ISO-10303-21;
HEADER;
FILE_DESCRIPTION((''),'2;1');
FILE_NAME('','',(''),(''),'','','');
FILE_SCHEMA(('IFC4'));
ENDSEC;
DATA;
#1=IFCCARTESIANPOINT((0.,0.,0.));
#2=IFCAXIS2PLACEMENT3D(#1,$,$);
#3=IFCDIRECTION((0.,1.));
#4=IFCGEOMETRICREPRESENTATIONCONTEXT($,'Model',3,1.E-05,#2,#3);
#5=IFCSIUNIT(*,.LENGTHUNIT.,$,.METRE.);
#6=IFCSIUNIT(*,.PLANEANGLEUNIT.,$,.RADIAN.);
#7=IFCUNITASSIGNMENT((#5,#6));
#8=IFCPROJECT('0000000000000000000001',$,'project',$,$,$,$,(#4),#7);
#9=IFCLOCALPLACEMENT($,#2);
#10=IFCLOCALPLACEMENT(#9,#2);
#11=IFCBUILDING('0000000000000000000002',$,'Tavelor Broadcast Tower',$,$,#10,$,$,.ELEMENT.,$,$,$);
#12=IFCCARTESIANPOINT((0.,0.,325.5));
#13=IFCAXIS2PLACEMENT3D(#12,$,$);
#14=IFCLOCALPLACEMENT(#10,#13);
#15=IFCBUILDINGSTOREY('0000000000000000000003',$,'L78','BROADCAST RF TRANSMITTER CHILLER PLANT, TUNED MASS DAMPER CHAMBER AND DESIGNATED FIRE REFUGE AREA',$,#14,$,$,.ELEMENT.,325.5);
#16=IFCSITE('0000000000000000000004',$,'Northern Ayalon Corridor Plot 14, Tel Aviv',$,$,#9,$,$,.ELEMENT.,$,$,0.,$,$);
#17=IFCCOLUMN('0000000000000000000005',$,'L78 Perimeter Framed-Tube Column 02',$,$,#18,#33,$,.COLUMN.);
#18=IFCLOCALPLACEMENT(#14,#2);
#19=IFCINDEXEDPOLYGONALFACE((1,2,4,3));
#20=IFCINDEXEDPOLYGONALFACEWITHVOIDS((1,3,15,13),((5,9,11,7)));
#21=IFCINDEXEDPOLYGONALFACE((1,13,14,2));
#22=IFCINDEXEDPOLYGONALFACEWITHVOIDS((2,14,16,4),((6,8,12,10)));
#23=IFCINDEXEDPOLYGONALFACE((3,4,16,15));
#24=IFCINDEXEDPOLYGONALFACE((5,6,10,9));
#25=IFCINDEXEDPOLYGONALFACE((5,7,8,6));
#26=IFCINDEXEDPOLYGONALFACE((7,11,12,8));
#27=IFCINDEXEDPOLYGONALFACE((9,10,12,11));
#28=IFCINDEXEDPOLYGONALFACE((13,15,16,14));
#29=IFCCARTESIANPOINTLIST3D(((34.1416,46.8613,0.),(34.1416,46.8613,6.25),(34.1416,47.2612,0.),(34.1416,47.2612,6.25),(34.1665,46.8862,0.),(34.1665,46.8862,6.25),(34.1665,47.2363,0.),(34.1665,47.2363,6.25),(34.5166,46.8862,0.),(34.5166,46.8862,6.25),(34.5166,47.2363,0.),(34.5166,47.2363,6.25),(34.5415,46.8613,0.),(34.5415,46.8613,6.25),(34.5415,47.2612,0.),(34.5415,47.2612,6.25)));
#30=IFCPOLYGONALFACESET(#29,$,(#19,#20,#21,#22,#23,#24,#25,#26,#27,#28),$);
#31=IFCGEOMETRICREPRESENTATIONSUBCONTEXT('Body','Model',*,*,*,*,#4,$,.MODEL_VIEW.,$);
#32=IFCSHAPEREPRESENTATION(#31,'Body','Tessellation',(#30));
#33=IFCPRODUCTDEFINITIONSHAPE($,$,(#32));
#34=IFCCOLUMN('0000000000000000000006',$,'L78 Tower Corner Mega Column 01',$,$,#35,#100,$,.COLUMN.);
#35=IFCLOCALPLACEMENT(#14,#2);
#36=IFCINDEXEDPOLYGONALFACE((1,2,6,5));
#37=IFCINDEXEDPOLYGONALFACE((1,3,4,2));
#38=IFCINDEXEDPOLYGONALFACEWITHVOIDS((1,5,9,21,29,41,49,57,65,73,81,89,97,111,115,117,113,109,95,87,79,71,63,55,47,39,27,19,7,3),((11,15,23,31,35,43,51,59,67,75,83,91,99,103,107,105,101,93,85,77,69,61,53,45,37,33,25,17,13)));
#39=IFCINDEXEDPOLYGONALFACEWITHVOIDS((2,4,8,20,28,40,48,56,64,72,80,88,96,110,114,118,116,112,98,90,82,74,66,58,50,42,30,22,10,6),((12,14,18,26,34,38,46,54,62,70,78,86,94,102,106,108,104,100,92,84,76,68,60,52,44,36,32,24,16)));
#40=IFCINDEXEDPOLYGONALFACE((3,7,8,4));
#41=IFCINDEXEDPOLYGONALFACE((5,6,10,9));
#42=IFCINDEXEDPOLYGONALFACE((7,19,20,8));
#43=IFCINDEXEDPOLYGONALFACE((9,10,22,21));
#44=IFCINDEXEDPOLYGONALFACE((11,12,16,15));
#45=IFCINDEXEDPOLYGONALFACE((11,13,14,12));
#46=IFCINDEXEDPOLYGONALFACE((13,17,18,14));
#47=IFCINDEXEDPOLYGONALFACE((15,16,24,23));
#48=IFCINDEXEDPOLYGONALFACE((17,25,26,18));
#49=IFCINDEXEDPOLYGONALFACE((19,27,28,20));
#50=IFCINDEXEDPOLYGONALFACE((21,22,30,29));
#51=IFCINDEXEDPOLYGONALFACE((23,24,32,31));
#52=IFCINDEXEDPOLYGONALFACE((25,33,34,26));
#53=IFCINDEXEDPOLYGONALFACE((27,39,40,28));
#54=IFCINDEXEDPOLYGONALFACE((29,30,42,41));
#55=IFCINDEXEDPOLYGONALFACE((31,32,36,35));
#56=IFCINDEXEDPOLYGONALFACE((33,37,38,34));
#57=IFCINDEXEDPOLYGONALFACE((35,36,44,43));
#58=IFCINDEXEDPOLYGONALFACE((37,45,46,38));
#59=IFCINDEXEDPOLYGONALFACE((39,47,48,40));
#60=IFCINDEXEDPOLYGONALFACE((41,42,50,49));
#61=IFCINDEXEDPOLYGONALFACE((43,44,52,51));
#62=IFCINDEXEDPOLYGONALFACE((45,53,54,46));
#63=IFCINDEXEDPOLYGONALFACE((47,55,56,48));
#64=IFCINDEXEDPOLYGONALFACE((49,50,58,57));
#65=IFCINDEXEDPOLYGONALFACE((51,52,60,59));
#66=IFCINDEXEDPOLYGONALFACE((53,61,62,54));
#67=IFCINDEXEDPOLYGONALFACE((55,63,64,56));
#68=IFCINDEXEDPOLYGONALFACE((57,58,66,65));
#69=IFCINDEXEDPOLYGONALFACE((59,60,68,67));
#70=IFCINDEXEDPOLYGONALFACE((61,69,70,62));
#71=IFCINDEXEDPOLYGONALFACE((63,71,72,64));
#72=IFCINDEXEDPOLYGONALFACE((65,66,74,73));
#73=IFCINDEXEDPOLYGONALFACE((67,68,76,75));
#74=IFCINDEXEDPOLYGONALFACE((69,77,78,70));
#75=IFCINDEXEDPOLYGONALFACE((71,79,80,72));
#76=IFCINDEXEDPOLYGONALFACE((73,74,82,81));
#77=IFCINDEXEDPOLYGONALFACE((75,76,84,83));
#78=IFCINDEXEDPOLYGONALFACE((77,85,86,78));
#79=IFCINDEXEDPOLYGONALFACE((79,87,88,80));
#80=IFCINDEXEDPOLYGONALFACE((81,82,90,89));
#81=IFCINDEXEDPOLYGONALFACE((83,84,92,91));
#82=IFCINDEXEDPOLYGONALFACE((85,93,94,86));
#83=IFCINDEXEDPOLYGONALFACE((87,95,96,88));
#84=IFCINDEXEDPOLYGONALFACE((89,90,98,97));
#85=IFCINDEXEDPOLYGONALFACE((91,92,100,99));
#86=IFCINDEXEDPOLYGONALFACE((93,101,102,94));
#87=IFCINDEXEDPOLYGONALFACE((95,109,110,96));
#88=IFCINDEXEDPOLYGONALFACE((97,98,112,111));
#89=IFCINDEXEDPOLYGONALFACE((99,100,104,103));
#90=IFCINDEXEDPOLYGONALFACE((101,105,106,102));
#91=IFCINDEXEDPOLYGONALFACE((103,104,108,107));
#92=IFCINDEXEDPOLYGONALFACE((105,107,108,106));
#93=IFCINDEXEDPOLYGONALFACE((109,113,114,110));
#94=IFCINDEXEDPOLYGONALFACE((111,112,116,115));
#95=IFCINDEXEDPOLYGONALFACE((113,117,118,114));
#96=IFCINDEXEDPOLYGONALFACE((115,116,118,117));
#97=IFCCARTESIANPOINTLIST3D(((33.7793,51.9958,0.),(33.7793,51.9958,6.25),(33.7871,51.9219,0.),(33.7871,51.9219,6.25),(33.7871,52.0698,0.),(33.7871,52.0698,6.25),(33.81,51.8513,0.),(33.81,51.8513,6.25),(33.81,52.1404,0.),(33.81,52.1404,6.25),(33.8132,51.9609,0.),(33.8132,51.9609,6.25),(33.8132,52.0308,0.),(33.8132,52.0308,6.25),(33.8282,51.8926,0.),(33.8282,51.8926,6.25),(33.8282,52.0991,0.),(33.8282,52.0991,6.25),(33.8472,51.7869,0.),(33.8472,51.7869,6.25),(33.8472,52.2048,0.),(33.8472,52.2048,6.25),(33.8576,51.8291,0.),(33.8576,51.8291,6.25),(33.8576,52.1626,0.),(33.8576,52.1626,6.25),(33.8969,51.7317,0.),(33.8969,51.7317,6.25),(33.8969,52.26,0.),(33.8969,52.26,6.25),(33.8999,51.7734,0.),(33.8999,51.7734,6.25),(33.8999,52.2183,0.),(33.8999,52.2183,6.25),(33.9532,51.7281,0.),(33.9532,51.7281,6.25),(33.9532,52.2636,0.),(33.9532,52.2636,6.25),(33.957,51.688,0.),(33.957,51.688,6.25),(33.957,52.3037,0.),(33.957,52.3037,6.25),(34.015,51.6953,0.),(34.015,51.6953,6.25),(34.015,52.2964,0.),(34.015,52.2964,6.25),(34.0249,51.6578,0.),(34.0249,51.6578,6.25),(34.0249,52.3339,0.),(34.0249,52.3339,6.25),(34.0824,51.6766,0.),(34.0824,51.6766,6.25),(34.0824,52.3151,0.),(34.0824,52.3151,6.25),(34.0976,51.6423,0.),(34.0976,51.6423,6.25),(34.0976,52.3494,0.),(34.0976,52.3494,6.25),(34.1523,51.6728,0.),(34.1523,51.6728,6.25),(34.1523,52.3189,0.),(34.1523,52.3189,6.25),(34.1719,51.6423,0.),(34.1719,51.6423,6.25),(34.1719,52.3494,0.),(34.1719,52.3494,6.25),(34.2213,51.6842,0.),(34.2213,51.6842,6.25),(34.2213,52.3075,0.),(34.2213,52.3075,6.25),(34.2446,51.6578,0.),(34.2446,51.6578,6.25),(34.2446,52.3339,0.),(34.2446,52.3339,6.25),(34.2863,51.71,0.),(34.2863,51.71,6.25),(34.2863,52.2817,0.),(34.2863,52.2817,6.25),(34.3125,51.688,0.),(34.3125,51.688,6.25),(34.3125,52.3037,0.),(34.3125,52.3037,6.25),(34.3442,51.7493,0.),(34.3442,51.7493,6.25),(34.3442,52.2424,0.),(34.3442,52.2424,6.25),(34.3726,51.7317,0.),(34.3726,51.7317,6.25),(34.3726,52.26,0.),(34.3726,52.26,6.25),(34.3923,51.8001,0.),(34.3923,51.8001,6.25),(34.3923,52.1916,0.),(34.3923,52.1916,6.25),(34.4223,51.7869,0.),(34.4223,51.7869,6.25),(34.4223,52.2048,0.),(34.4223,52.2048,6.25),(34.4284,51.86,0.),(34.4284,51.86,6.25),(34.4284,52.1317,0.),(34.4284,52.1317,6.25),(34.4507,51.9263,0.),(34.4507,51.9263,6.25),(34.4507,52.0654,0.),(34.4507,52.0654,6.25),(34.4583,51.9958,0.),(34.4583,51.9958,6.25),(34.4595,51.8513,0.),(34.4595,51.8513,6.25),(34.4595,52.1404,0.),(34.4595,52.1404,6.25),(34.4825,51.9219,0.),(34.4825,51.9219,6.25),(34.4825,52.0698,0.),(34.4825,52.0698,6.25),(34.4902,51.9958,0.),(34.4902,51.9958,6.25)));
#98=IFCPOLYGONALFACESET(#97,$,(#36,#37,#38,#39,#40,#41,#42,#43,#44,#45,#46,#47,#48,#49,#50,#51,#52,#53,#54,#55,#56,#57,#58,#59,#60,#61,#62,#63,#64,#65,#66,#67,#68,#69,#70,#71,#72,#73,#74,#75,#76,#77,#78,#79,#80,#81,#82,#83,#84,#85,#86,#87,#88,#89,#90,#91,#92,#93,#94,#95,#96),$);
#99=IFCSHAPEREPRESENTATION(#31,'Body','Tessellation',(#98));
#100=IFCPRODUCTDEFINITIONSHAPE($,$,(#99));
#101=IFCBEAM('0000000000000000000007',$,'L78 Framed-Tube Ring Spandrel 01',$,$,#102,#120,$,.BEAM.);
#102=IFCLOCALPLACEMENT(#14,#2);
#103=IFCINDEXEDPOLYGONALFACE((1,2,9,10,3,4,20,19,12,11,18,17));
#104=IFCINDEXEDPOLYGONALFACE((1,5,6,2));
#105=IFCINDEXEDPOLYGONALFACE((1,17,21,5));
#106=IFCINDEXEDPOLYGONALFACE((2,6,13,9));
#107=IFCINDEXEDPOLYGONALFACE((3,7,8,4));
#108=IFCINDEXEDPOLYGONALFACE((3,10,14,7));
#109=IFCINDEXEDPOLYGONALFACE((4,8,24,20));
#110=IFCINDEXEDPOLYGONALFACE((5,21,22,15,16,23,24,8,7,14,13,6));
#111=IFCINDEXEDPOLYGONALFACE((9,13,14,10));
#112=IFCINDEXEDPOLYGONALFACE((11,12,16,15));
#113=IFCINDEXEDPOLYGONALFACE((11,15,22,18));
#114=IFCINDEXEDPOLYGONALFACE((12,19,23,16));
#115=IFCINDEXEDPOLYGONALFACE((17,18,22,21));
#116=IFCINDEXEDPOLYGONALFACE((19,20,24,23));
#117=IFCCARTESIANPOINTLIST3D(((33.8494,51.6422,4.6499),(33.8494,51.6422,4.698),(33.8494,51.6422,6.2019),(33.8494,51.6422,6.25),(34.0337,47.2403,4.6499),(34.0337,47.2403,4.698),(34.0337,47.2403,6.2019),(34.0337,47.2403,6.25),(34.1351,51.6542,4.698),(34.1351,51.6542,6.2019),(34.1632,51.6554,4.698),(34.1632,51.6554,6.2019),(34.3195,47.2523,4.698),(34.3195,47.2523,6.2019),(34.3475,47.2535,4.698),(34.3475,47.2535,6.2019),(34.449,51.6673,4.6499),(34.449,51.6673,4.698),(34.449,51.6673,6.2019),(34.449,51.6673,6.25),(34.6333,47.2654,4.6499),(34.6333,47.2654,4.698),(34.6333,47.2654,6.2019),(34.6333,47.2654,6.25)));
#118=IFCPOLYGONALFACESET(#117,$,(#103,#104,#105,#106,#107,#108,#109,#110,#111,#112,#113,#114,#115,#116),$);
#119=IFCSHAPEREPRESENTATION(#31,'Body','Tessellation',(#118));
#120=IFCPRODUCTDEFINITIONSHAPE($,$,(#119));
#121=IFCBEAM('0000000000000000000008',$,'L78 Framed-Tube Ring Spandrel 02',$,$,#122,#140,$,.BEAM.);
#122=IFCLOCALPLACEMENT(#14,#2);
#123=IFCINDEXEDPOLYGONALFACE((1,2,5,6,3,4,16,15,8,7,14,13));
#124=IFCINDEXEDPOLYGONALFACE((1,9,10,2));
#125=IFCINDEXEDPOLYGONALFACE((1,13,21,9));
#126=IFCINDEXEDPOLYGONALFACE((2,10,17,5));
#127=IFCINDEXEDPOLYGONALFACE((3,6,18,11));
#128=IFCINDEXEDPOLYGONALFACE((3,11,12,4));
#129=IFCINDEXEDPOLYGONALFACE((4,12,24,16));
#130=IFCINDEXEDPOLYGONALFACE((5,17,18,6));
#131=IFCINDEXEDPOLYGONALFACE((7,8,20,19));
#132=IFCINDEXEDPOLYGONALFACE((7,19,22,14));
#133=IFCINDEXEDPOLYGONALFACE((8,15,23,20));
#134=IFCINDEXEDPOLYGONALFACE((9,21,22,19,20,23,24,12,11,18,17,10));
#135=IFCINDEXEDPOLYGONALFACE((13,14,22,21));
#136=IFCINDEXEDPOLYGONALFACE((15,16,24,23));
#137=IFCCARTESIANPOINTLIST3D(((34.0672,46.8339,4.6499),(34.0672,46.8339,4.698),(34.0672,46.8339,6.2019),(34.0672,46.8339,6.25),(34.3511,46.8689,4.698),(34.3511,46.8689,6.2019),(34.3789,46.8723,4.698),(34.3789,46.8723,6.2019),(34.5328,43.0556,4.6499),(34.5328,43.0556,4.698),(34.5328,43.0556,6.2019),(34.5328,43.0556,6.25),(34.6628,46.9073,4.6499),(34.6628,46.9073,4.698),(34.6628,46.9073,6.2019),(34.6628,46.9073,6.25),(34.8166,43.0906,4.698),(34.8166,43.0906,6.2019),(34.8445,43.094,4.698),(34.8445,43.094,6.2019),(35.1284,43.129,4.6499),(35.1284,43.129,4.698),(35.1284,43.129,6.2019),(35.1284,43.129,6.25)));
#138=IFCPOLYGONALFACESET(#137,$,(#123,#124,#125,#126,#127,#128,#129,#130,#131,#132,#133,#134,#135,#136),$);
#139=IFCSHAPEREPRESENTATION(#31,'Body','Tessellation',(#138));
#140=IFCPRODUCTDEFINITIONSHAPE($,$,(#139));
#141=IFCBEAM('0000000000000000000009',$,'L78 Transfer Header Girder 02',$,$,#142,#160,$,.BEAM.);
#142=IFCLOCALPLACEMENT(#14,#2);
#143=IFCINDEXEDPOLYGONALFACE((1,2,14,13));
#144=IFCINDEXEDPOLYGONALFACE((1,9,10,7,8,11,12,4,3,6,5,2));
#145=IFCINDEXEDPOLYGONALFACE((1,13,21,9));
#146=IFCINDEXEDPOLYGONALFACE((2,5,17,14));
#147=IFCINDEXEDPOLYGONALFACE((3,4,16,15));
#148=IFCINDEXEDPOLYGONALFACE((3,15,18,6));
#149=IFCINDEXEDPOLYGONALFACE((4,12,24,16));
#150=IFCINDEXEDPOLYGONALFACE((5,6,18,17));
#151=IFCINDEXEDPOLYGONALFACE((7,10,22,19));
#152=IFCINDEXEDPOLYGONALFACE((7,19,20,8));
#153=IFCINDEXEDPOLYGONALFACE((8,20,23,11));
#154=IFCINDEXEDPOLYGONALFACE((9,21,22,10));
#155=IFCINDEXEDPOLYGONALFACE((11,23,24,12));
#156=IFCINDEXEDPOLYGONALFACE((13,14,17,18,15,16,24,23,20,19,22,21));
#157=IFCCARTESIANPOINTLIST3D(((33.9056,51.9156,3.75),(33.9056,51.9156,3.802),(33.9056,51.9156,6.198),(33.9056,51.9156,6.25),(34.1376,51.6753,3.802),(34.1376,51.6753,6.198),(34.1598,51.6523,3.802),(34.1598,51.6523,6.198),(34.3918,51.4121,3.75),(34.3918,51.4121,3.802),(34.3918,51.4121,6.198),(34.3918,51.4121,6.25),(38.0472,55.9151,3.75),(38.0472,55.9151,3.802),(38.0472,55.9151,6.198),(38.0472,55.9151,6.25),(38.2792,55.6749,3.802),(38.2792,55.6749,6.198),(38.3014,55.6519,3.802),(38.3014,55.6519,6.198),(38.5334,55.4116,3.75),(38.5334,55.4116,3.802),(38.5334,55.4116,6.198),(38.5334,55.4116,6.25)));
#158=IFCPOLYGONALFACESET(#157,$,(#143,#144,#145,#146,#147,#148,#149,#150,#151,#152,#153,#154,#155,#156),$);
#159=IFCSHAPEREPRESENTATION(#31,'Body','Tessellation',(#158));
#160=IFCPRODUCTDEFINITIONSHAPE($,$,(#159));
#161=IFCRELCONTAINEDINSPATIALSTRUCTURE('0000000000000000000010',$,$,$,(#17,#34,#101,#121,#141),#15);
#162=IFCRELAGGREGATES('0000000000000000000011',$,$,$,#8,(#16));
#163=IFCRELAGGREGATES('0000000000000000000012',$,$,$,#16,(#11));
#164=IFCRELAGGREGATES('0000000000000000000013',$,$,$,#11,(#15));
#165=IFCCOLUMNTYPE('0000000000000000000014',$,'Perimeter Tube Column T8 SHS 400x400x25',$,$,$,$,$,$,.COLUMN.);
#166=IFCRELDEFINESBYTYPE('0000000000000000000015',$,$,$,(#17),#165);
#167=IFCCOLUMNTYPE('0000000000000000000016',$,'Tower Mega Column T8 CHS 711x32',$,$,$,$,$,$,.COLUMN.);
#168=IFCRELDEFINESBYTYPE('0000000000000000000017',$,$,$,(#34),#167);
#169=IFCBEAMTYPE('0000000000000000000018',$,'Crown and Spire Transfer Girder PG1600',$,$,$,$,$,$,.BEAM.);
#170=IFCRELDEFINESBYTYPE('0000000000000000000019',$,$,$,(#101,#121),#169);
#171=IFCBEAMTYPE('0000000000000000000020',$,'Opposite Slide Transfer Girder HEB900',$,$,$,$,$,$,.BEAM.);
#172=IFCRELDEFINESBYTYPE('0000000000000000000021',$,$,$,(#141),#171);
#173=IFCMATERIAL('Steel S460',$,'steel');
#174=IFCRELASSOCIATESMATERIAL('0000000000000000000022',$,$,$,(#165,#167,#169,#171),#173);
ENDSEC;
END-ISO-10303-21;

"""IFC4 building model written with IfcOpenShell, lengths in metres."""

from ifc_helpers import new_model, si_unit, direction, frame, origin, origin_2d, place, context, subcontext, project, spatial, hollow_rectangle, hollow_circle, i_section, extrude, material, material_profile, profile_set, type_object, element, save


model = new_model("IFC4")

# Units and contexts
model_context = context("Model", 3, precision=1e-05, world=origin(), true_north=direction((0.0, 1.0)))
body_context = subcontext(model_context, "Body", "Model", "MODEL_VIEW")
ifc_project = project(units=[si_unit("LENGTHUNIT", "METRE"), si_unit("PLANEANGLEUNIT", "RADIAN")], contexts=[model_context])

# Site, building, storey
site_placement = place(None, origin())
site = spatial("IfcSite", under=ifc_project, at=site_placement, Name="Northern Ayalon Corridor Plot 14, Tel Aviv", CompositionType="ELEMENT", RefElevation=0.0)
building_placement = place(site_placement, origin())
building = spatial("IfcBuilding", under=site, at=building_placement, Name="Tavelor Broadcast Tower", CompositionType="ELEMENT")
storey_placement = place(building_placement, frame((0.0, 0.0, 325.5)))
storey = spatial("IfcBuildingStorey", under=building, at=storey_placement, Name="L78", Description="BROADCAST RF TRANSMITTER CHILLER PLANT, TUNED MASS DAMPER CHAMBER AND DESIGNATED FIRE REFUGE AREA", CompositionType="ELEMENT", Elevation=325.5)

# Columns
ifc_material_1 = material(Name="Steel S460", Category="steel")
ifc_material_profile_1 = material_profile(ifc_material_1, hollow_rectangle(XDim=0.3999, YDim=0.3999, WallThickness=0.0249, at=origin_2d()), Name="SHS 400x400x25")
ifc_profile_set_1 = profile_set([ifc_material_profile_1], Name="Steel S460")
column_type_1 = type_object("IfcColumnType", Name="Perimeter Tube Column T8 SHS 400x400x25", PredefinedType="COLUMN", material=ifc_profile_set_1)
column_1_placement = place(storey_placement, frame((34.3416, 47.0613, 0.0), z_axis=(0.0, 0.0, 1.0), x_axis=(1.0, 0.0, 0.0)))
element("IfcColumn", 1, at=column_1_placement, inside=storey, type_object=column_type_1, Name="L78 Perimeter Framed-Tube Column 02", PredefinedType="COLUMN", context=body_context, shape_type="SweptSolid", body=[
    extrude(hollow_rectangle(XDim=0.3999, YDim=0.3999, WallThickness=0.0249, at=origin_2d()), origin(), (0.0, 0.0, 1.0), 6.25),
])
ifc_material_profile_2 = material_profile(ifc_material_1, hollow_circle(Radius=0.3555, WallThickness=0.032, at=origin_2d()), Name="CHS 711x32")
ifc_profile_set_2 = profile_set([ifc_material_profile_2], Name="Steel S460")
column_type_2 = type_object("IfcColumnType", Name="Tower Mega Column T8 CHS 711x32", PredefinedType="COLUMN", material=ifc_profile_set_2)
column_2_placement = place(storey_placement, frame((34.1348, 51.9958, 0.0), z_axis=(0.0, 0.0, 1.0), x_axis=(1.0, 0.0, 0.0)))
element("IfcColumn", 2, at=column_2_placement, inside=storey, type_object=column_type_2, Name="L78 Tower Corner Mega Column 01", PredefinedType="COLUMN", context=body_context, shape_type="SweptSolid", body=[
    extrude(hollow_circle(Radius=0.3555, WallThickness=0.032, at=origin_2d()), origin(), (0.0, 0.0, 1.0), 6.25),
])

# Beams
ifc_material_profile_3 = material_profile(ifc_material_1, i_section(OverallWidth=0.6001, OverallDepth=1.6001, WebThickness=0.0281, FlangeThickness=0.0481, at=origin_2d()), Name="PG 1600x600")
ifc_profile_set_3 = profile_set([ifc_material_profile_3], Name="Steel S460")
beam_type_1 = type_object("IfcBeamType", Name="Crown and Spire Transfer Girder PG1600", PredefinedType="BEAM", material=ifc_profile_set_3)
beam_1_placement = place(storey_placement, frame((34.1492, 51.6548, 5.45), z_axis=(0.041838, -0.999124, 0.0), x_axis=(0.999124, 0.041838, 0.0)))
element("IfcBeam", 3, at=beam_1_placement, inside=storey, type_object=beam_type_1, Name="L78 Framed-Tube Ring Spandrel 01", PredefinedType="BEAM", context=body_context, shape_type="SweptSolid", body=[
    extrude(i_section(OverallWidth=0.6001, OverallDepth=1.6001, WebThickness=0.0281, FlangeThickness=0.0481, at=origin_2d()), origin(), (0.0, 0.0, 1.0), 4.4058),
])
beam_2_placement = place(storey_placement, frame((34.365, 46.8706, 5.45), z_axis=(0.122298, -0.992493, 0.0), x_axis=(0.992493, 0.122298, 0.0)))
element("IfcBeam", 4, at=beam_2_placement, inside=storey, type_object=beam_type_1, Name="L78 Framed-Tube Ring Spandrel 02", PredefinedType="BEAM", context=body_context, shape_type="SweptSolid", body=[
    extrude(i_section(OverallWidth=0.6001, OverallDepth=1.6001, WebThickness=0.0281, FlangeThickness=0.0481, at=origin_2d()), origin(), (0.0, 0.0, 1.0), 3.8069),
])
ifc_material_profile_4 = material_profile(ifc_material_1, i_section(OverallWidth=0.7, OverallDepth=2.5, WebThickness=0.032, FlangeThickness=0.052, at=origin_2d()), Name="PG 2500x700")
ifc_profile_set_4 = profile_set([ifc_material_profile_4], Name="Steel S460")
beam_type_2 = type_object("IfcBeamType", Name="Opposite Slide Transfer Girder HEB900", PredefinedType="BEAM", material=ifc_profile_set_4)
beam_3_placement = place(storey_placement, frame((34.1487, 51.6638, 5.0), z_axis=(0.719339, 0.69466, 0.0), x_axis=(-0.69466, 0.719339, 0.0)))
element("IfcBeam", 5, at=beam_3_placement, inside=storey, type_object=beam_type_2, Name="L78 Transfer Header Girder 02", PredefinedType="BEAM", context=body_context, shape_type="SweptSolid", body=[
    extrude(i_section(OverallWidth=0.7, OverallDepth=2.5, WebThickness=0.032, FlangeThickness=0.052, at=origin_2d()), origin(), (0.0, 0.0, 1.0), 5.7576),
])

save(model, "model.ifc")
